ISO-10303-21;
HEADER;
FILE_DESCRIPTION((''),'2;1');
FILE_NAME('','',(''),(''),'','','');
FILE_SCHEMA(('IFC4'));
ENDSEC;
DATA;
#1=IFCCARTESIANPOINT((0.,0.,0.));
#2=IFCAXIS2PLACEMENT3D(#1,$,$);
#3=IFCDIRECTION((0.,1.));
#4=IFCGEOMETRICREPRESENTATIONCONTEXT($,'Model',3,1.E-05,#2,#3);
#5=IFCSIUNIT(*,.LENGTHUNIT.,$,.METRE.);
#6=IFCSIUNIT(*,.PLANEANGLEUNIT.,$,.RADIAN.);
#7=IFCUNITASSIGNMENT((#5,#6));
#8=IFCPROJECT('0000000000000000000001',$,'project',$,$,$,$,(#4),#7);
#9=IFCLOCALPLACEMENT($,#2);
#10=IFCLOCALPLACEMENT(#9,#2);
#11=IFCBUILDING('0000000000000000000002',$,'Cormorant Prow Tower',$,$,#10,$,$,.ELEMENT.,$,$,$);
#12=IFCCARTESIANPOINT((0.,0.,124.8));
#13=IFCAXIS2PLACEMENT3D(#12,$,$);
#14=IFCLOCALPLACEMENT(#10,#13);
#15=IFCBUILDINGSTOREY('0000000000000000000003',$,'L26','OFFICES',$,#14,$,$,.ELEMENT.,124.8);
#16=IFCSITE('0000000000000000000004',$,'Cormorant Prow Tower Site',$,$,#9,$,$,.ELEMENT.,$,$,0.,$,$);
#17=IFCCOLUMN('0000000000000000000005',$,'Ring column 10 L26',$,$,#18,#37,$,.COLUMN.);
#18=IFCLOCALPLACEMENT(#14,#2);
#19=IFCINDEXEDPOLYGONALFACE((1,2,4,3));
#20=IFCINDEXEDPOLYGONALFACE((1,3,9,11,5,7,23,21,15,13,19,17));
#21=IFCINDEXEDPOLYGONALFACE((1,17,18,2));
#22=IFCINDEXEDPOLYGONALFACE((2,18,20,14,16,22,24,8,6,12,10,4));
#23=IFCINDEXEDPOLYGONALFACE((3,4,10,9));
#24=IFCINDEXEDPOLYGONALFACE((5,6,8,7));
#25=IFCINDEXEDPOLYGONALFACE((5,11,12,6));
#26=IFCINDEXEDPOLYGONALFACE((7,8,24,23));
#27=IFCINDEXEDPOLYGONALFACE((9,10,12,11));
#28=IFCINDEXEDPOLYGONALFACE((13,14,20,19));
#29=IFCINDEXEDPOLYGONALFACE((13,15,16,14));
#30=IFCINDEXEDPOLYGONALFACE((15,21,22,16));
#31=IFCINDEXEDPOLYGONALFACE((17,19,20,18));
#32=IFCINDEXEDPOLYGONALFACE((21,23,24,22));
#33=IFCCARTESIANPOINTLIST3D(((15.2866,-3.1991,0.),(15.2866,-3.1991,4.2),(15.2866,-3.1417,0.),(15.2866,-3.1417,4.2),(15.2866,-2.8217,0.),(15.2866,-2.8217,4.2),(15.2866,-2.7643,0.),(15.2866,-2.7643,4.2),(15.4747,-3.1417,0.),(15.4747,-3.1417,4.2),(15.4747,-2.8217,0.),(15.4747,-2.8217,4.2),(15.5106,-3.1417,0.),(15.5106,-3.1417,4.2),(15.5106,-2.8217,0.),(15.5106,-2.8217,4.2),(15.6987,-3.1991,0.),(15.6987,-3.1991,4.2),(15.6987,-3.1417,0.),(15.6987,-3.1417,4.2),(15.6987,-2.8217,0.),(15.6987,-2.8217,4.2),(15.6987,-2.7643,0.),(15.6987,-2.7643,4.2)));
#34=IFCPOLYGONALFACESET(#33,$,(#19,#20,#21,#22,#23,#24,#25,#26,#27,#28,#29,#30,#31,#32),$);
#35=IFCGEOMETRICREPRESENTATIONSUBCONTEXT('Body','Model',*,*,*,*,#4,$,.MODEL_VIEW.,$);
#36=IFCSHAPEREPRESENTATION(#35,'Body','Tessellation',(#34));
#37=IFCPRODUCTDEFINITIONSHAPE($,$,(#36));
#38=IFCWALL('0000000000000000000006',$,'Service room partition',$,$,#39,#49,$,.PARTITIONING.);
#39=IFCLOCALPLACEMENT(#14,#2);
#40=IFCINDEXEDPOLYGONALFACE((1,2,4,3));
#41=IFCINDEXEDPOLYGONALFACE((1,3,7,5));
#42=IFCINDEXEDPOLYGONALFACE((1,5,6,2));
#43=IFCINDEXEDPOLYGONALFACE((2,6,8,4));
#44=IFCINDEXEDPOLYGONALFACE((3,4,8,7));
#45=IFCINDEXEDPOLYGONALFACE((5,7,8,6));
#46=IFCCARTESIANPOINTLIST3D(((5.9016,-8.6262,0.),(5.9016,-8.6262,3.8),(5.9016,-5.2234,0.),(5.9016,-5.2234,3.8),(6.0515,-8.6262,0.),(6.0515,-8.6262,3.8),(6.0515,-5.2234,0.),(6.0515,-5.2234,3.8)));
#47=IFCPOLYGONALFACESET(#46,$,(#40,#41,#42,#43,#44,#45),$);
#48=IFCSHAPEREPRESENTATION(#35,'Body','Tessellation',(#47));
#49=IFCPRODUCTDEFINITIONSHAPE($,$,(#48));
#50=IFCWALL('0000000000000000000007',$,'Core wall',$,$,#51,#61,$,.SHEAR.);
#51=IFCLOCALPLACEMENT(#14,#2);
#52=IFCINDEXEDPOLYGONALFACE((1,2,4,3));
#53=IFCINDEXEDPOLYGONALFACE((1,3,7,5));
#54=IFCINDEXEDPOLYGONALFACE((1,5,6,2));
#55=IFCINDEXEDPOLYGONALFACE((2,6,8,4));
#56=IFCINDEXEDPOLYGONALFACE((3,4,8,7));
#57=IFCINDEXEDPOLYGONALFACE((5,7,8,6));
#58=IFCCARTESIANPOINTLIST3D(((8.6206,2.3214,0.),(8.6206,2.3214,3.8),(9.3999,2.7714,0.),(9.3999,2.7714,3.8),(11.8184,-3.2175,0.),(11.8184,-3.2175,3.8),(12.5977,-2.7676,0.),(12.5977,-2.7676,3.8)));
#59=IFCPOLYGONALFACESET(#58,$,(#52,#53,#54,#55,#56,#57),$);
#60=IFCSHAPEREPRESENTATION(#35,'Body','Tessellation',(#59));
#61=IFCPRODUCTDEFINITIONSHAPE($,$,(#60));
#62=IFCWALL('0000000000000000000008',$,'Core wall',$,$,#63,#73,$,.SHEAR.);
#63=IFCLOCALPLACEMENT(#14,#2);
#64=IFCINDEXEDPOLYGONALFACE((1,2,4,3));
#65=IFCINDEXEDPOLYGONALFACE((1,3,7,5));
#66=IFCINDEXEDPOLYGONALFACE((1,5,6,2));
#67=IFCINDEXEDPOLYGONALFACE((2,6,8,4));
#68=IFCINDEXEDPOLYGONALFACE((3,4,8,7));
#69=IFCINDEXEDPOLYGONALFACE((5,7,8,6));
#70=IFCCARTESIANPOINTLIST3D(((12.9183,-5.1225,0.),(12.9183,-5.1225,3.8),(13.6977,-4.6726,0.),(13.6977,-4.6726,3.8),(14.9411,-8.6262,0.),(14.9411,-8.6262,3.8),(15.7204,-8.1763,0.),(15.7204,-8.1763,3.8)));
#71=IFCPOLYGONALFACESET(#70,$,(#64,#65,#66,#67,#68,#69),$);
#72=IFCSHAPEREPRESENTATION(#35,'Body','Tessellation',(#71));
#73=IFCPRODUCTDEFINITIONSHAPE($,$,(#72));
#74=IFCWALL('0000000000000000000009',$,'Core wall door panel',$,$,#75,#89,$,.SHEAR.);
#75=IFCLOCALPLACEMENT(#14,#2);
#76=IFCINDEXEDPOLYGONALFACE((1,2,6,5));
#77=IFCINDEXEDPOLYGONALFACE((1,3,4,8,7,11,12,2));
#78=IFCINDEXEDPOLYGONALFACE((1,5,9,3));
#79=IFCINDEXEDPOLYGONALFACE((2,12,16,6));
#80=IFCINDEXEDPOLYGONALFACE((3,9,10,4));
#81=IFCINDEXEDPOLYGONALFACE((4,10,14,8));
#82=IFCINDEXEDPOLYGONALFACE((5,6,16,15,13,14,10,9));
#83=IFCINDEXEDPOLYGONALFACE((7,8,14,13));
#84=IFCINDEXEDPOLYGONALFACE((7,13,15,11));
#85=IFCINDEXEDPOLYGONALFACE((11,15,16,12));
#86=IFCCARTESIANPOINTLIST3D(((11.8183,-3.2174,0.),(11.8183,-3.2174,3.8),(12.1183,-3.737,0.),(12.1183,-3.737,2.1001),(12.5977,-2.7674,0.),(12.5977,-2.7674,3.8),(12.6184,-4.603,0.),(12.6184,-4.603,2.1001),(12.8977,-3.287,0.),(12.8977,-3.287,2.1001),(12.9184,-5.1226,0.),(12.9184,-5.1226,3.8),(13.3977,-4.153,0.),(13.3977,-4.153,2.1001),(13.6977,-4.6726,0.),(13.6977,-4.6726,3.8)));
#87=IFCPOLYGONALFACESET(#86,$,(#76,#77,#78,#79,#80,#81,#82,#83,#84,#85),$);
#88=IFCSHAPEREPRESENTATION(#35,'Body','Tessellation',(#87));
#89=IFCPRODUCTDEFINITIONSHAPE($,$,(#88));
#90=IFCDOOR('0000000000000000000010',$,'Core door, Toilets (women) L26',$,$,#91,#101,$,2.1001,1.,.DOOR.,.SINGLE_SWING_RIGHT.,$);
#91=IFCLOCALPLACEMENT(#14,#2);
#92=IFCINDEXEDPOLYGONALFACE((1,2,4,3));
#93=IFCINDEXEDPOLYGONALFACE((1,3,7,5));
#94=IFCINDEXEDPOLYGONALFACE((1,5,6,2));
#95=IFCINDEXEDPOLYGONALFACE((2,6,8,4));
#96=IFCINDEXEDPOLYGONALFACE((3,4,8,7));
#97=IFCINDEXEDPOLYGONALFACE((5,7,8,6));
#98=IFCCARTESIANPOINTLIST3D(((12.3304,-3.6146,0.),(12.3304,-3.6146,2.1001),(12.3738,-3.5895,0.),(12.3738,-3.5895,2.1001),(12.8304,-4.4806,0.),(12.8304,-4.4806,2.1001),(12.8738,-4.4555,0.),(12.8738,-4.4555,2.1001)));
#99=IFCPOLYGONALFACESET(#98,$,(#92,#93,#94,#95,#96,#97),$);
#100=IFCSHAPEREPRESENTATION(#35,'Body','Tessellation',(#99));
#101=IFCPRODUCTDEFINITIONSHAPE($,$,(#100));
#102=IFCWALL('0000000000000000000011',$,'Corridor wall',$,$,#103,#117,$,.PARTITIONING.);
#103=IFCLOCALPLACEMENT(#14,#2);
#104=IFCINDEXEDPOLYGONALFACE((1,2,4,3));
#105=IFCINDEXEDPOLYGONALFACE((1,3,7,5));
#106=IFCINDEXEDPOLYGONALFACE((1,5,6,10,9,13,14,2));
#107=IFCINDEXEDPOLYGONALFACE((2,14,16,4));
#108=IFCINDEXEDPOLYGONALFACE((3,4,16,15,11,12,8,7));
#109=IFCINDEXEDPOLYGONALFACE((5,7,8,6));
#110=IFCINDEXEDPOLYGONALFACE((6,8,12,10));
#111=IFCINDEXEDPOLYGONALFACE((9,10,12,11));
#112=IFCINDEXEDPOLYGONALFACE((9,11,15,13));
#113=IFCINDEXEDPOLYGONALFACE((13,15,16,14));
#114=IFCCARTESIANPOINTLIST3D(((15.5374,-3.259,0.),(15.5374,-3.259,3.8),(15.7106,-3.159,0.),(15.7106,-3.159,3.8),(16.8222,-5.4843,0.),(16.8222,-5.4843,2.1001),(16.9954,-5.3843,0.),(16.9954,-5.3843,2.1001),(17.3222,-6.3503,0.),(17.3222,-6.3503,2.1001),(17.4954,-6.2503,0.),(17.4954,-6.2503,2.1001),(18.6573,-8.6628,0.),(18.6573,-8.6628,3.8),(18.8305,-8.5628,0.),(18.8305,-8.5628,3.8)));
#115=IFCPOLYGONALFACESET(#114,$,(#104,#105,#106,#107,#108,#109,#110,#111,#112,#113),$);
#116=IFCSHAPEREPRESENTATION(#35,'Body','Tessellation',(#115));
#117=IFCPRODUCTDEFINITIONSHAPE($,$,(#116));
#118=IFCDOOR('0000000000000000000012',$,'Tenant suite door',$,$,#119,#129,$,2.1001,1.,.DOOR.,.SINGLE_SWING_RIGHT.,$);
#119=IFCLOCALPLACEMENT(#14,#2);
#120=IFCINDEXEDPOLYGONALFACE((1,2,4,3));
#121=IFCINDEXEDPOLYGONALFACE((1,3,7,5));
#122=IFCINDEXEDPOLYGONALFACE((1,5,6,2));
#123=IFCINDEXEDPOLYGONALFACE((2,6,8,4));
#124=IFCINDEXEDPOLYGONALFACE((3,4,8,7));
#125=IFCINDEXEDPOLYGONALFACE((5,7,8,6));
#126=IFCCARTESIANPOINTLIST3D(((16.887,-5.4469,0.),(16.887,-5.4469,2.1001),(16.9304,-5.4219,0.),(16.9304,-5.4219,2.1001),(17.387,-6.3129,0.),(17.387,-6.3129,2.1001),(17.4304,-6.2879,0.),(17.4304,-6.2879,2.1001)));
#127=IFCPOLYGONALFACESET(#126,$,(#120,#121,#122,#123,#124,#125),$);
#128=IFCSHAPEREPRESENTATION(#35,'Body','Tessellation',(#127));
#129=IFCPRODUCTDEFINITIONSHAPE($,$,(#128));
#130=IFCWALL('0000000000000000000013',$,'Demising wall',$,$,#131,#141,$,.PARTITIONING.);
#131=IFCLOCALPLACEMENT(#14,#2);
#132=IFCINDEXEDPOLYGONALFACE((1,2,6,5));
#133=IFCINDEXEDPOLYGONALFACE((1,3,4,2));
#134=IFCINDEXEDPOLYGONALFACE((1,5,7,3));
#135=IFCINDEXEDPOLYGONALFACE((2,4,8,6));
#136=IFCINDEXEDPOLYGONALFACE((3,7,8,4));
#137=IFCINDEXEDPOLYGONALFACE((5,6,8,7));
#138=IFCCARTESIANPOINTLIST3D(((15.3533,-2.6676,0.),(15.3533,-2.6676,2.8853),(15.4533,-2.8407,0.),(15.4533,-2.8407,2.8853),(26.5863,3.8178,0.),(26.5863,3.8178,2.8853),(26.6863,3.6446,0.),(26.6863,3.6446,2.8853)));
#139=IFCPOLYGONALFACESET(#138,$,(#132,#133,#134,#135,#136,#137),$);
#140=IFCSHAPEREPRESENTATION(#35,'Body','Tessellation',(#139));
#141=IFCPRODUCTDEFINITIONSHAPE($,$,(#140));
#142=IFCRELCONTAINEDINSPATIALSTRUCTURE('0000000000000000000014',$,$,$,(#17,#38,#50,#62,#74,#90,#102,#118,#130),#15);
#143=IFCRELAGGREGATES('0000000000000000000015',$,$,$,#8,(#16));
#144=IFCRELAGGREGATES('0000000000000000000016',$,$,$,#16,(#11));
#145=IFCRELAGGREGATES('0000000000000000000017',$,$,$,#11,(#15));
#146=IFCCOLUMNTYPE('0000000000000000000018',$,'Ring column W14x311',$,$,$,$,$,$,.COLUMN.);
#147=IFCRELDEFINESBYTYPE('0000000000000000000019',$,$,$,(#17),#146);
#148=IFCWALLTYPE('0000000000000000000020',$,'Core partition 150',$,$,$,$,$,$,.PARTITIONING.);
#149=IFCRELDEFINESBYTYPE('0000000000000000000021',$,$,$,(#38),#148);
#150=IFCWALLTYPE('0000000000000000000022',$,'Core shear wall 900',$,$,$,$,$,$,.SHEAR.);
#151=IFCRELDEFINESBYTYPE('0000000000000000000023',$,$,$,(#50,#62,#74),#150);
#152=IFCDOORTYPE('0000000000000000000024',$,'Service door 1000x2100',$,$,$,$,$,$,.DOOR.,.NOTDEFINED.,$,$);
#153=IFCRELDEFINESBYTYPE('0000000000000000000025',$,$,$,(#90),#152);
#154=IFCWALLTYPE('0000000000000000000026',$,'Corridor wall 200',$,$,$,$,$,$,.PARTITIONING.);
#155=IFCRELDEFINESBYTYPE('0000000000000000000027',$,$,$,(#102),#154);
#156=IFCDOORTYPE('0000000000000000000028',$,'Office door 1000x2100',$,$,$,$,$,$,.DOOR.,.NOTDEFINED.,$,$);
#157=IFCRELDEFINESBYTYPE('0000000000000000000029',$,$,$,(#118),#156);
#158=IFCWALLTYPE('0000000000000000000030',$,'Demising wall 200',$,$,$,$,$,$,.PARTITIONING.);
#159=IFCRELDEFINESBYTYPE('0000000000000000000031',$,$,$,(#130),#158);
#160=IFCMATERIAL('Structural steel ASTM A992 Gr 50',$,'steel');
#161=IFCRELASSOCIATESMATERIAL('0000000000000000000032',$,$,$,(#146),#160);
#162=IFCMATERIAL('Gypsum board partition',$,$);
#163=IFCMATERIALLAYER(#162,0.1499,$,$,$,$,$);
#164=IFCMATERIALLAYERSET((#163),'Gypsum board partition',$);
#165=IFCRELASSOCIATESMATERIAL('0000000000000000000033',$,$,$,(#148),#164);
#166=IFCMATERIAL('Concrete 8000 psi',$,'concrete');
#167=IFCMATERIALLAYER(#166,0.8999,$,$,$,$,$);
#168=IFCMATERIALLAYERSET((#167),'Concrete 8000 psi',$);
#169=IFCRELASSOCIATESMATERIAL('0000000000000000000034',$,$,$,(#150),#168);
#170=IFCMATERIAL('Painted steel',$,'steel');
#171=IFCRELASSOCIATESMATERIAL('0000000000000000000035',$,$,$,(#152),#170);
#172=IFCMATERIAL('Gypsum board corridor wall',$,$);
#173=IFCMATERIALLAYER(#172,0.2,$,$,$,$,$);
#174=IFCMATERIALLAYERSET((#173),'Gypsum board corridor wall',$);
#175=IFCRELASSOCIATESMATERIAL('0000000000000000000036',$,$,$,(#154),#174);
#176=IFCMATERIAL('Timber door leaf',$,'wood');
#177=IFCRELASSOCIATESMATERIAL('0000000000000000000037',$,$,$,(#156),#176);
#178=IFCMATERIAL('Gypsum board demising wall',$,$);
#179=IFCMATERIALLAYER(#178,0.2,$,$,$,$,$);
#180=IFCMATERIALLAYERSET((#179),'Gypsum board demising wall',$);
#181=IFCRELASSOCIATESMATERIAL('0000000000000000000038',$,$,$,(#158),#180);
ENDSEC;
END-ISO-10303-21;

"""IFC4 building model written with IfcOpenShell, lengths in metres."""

from ifc_helpers import new_model, si_unit, direction, frame, frame_2d, origin, origin_2d, place, context, subcontext, project, spatial, rectangle, i_section, extrude, material, layer, layer_set, material_profile, profile_set, type_object, element, fill, save


model = new_model("IFC4")

# Units and contexts
model_context = context("Model", 3, precision=1e-05, world=origin(), true_north=direction((0.0, 1.0)))
body_context = subcontext(model_context, "Body", "Model", "MODEL_VIEW")
ifc_project = project(units=[si_unit("LENGTHUNIT", "METRE"), si_unit("PLANEANGLEUNIT", "RADIAN")], contexts=[model_context])

# Site, building, storey
site_placement = place(None, origin())
site = spatial("IfcSite", under=ifc_project, at=site_placement, Name="Cormorant Prow Tower Site", CompositionType="ELEMENT", RefElevation=0.0)
building_placement = place(site_placement, origin())
building = spatial("IfcBuilding", under=site, at=building_placement, Name="Cormorant Prow Tower", CompositionType="ELEMENT")
storey_placement = place(building_placement, frame((0.0, 0.0, 124.8)))
storey = spatial("IfcBuildingStorey", under=building, at=storey_placement, Name="L26", Description="OFFICES", CompositionType="ELEMENT", Elevation=124.8)

# Column
ifc_material_1 = material(Name="Structural steel ASTM A992 Gr 50", Category="steel")
ifc_material_profile = material_profile(ifc_material_1, i_section(OverallWidth=0.4121, OverallDepth=0.4348, WebThickness=0.0359, FlangeThickness=0.0574, at=origin_2d()), Name="W14x311")
ifc_profile_set = profile_set([ifc_material_profile], Name="Structural steel ASTM A992 Gr 50")
column_type = type_object("IfcColumnType", Name="Ring column W14x311", PredefinedType="COLUMN", material=ifc_profile_set)
column_placement = place(storey_placement, frame((15.4927, -2.9817, 0.0), z_axis=(0.0, 0.0, 1.0), x_axis=(1.0, 0.0, 0.0)))
element("IfcColumn", 1, at=column_placement, inside=storey, type_object=column_type, Name="Ring column 10 L26", PredefinedType="COLUMN", context=body_context, shape_type="SweptSolid", body=[
    extrude(i_section(OverallWidth=0.4121, OverallDepth=0.4348, WebThickness=0.0359, FlangeThickness=0.0574, at=origin_2d()), origin(), (0.0, 0.0, 1.0), 4.2),
])

# Walls
ifc_material_2 = material(Name="Gypsum board partition")
ifc_layer_1 = layer(ifc_material_2, 0.1499)
ifc_layer_set_1 = layer_set([ifc_layer_1], Name="Gypsum board partition")
wall_type_1 = type_object("IfcWallType", Name="Core partition 150", PredefinedType="PARTITIONING", material=ifc_layer_set_1)
wall_1_placement = place(storey_placement, frame((5.9766, -8.6262, 0.0), z_axis=(0.0, 0.0, 1.0), x_axis=(0.0, 1.0, 0.0)))
element("IfcWall", 2, at=wall_1_placement, inside=storey, type_object=wall_type_1, Name="Service room partition", PredefinedType="PARTITIONING", context=body_context, shape_type="SweptSolid", body=[
    extrude(rectangle(XDim=3.4028, YDim=0.1499, at=frame_2d((1.7014, 0.0))), origin(), (0.0, 0.0, 1.0), 3.8),
])
ifc_material_3 = material(Name="Concrete 8000 psi", Category="concrete")
ifc_layer_2 = layer(ifc_material_3, 0.8999)
ifc_layer_set_2 = layer_set([ifc_layer_2], Name="Concrete 8000 psi")
wall_type_2 = type_object("IfcWallType", Name="Core shear wall 900", PredefinedType="SHEAR", material=ifc_layer_set_2)
wall_2_placement = place(storey_placement, frame((12.208, -2.9924, 0.0), z_axis=(0.0, 0.0, 1.0), x_axis=(-0.49999, 0.866031, 0.0)))
element("IfcWall", 3, at=wall_2_placement, inside=storey, type_object=wall_type_2, Name="Core wall", PredefinedType="SHEAR", context=body_context, shape_type="SweptSolid", body=[
    extrude(rectangle(XDim=6.3958, YDim=0.8999, at=frame_2d((3.1978, 0.0))), origin(), (0.0, 0.0, 1.0), 3.8),
])
wall_3_placement = place(storey_placement, frame((15.3308, -8.4014, 0.0), z_axis=(0.0, 0.0, 1.0), x_axis=(-0.499975, 0.86604, 0.0)))
element("IfcWall", 4, at=wall_3_placement, inside=storey, type_object=wall_type_2, Name="Core wall", PredefinedType="SHEAR", context=body_context, shape_type="SweptSolid", body=[
    extrude(rectangle(XDim=4.0457, YDim=0.8999, at=frame_2d((2.0229, 0.0))), origin(), (0.0, 0.0, 1.0), 3.8),
])

# Walls, openings, doors
wall_4_placement = place(storey_placement, frame((13.3081, -4.8977, 0.0), z_axis=(0.0, 0.0, 1.0), x_axis=(-0.50003, 0.866008, 0.0)))
wall_4 = element("IfcWall", 5, at=wall_4_placement, inside=storey, type_object=wall_type_2, Name="Core wall door panel", PredefinedType="SHEAR", context=body_context, shape_type="SweptSolid", body=[
    extrude(rectangle(XDim=2.2, YDim=0.8999, at=frame_2d((1.1001, 0.0))), origin(), (0.0, 0.0, 1.0), 3.8),
])
opening_1_placement = place(wall_4_placement, frame((0.6001, 0.0, 0.0)))
opening_1 = element("IfcOpeningElement", 6, at=opening_1_placement, cuts=wall_4, PredefinedType="OPENING", context=body_context, shape_type="SweptSolid", body=[
    extrude(rectangle(XDim=1.0, YDim=2.1001, at=frame_2d((0.5, 1.05))), frame((0.0, 0.46, 0.0), z_axis=(0.0, -1.0, 0.0), x_axis=(1.0, 0.0, 0.0)), (0.0, 0.0, 1.0), 0.9199),
])
ifc_material_4 = material(Name="Painted steel", Category="steel")
door_type_1 = type_object("IfcDoorType", Name="Service door 1000x2100", OperationType="NOTDEFINED", PredefinedType="DOOR", material=ifc_material_4)
door_1_placement = place(opening_1_placement, origin())
door_1 = element("IfcDoor", 7, at=door_1_placement, inside=storey, type_object=door_type_1, Name="Core door, Toilets (women) L26", OperationType="SINGLE_SWING_RIGHT", OverallHeight=2.1001, OverallWidth=1.0, PredefinedType="DOOR", context=body_context, shape_type="SweptSolid", body=[
    extrude(rectangle(XDim=1.0, YDim=2.1001, at=frame_2d((0.5, 1.05))), frame((0.0, 0.2051, 0.0), z_axis=(0.0, -1.0, 0.0), x_axis=(1.0, 0.0, 0.0)), (0.0, 0.0, 1.0), 0.05),
])
fill(opening_1, door_1)
ifc_material_5 = material(Name="Gypsum board corridor wall")
ifc_layer_3 = layer(ifc_material_5, 0.2)
ifc_layer_set_3 = layer_set([ifc_layer_3], Name="Gypsum board corridor wall")
wall_type_3 = type_object("IfcWallType", Name="Corridor wall 200", PredefinedType="PARTITIONING", material=ifc_layer_set_3)
wall_5_placement = place(storey_placement, frame((15.624, -3.209, 0.0), z_axis=(0.0, 0.0, 1.0), x_axis=(0.499998, -0.866027, 0.0)))
wall_5 = element("IfcWall", 8, at=wall_5_placement, inside=storey, type_object=wall_type_3, Name="Corridor wall", PredefinedType="PARTITIONING", context=body_context, shape_type="SweptSolid", body=[
    extrude(rectangle(XDim=6.2397, YDim=0.2, at=frame_2d((3.1199, 0.0))), origin(), (0.0, 0.0, 1.0), 3.8),
])
opening_2_placement = place(wall_5_placement, frame((2.5696, 0.0, 0.0)))
opening_2 = element("IfcOpeningElement", 9, at=opening_2_placement, cuts=wall_5, PredefinedType="OPENING", context=body_context, shape_type="SweptSolid", body=[
    extrude(rectangle(XDim=1.0, YDim=2.1001, at=frame_2d((0.5, 1.05))), frame((0.0, 0.1099, 0.0), z_axis=(0.0, -1.0, 0.0), x_axis=(1.0, 0.0, 0.0)), (0.0, 0.0, 1.0), 0.22),
])
ifc_material_6 = material(Name="Timber door leaf", Category="wood")
door_type_2 = type_object("IfcDoorType", Name="Office door 1000x2100", OperationType="NOTDEFINED", PredefinedType="DOOR", material=ifc_material_6)
door_2_placement = place(opening_2_placement, origin())
door_2 = element("IfcDoor", 10, at=door_2_placement, inside=storey, type_object=door_type_2, Name="Tenant suite door", OperationType="SINGLE_SWING_RIGHT", OverallHeight=2.1001, OverallWidth=1.0, PredefinedType="DOOR", context=body_context, shape_type="SweptSolid", body=[
    extrude(rectangle(XDim=1.0, YDim=2.1001, at=frame_2d((0.5, 1.05))), frame((0.0, 0.0249, 0.0), z_axis=(0.0, -1.0, 0.0), x_axis=(1.0, 0.0, 0.0)), (0.0, 0.0, 1.0), 0.05),
])
fill(opening_2, door_2)

# Wall
ifc_material_7 = material(Name="Gypsum board demising wall")
ifc_layer_4 = layer(ifc_material_7, 0.2)
ifc_layer_set_4 = layer_set([ifc_layer_4], Name="Gypsum board demising wall")
wall_type_4 = type_object("IfcWallType", Name="Demising wall 200", PredefinedType="PARTITIONING", material=ifc_layer_set_4)
wall_6_placement = place(storey_placement, frame((15.4033, -2.7542, 0.0), z_axis=(0.0, 0.0, 1.0), x_axis=(0.866024, 0.500002, 0.0)))
element("IfcWall", 11, at=wall_6_placement, inside=storey, type_object=wall_type_4, Name="Demising wall", PredefinedType="PARTITIONING", context=body_context, shape_type="SweptSolid", body=[
    extrude(rectangle(XDim=12.9707, YDim=0.2, at=frame_2d((6.4854, 0.0))), origin(), (0.0, 0.0, 1.0), 2.8853),
])

save(model, "model.ifc")
